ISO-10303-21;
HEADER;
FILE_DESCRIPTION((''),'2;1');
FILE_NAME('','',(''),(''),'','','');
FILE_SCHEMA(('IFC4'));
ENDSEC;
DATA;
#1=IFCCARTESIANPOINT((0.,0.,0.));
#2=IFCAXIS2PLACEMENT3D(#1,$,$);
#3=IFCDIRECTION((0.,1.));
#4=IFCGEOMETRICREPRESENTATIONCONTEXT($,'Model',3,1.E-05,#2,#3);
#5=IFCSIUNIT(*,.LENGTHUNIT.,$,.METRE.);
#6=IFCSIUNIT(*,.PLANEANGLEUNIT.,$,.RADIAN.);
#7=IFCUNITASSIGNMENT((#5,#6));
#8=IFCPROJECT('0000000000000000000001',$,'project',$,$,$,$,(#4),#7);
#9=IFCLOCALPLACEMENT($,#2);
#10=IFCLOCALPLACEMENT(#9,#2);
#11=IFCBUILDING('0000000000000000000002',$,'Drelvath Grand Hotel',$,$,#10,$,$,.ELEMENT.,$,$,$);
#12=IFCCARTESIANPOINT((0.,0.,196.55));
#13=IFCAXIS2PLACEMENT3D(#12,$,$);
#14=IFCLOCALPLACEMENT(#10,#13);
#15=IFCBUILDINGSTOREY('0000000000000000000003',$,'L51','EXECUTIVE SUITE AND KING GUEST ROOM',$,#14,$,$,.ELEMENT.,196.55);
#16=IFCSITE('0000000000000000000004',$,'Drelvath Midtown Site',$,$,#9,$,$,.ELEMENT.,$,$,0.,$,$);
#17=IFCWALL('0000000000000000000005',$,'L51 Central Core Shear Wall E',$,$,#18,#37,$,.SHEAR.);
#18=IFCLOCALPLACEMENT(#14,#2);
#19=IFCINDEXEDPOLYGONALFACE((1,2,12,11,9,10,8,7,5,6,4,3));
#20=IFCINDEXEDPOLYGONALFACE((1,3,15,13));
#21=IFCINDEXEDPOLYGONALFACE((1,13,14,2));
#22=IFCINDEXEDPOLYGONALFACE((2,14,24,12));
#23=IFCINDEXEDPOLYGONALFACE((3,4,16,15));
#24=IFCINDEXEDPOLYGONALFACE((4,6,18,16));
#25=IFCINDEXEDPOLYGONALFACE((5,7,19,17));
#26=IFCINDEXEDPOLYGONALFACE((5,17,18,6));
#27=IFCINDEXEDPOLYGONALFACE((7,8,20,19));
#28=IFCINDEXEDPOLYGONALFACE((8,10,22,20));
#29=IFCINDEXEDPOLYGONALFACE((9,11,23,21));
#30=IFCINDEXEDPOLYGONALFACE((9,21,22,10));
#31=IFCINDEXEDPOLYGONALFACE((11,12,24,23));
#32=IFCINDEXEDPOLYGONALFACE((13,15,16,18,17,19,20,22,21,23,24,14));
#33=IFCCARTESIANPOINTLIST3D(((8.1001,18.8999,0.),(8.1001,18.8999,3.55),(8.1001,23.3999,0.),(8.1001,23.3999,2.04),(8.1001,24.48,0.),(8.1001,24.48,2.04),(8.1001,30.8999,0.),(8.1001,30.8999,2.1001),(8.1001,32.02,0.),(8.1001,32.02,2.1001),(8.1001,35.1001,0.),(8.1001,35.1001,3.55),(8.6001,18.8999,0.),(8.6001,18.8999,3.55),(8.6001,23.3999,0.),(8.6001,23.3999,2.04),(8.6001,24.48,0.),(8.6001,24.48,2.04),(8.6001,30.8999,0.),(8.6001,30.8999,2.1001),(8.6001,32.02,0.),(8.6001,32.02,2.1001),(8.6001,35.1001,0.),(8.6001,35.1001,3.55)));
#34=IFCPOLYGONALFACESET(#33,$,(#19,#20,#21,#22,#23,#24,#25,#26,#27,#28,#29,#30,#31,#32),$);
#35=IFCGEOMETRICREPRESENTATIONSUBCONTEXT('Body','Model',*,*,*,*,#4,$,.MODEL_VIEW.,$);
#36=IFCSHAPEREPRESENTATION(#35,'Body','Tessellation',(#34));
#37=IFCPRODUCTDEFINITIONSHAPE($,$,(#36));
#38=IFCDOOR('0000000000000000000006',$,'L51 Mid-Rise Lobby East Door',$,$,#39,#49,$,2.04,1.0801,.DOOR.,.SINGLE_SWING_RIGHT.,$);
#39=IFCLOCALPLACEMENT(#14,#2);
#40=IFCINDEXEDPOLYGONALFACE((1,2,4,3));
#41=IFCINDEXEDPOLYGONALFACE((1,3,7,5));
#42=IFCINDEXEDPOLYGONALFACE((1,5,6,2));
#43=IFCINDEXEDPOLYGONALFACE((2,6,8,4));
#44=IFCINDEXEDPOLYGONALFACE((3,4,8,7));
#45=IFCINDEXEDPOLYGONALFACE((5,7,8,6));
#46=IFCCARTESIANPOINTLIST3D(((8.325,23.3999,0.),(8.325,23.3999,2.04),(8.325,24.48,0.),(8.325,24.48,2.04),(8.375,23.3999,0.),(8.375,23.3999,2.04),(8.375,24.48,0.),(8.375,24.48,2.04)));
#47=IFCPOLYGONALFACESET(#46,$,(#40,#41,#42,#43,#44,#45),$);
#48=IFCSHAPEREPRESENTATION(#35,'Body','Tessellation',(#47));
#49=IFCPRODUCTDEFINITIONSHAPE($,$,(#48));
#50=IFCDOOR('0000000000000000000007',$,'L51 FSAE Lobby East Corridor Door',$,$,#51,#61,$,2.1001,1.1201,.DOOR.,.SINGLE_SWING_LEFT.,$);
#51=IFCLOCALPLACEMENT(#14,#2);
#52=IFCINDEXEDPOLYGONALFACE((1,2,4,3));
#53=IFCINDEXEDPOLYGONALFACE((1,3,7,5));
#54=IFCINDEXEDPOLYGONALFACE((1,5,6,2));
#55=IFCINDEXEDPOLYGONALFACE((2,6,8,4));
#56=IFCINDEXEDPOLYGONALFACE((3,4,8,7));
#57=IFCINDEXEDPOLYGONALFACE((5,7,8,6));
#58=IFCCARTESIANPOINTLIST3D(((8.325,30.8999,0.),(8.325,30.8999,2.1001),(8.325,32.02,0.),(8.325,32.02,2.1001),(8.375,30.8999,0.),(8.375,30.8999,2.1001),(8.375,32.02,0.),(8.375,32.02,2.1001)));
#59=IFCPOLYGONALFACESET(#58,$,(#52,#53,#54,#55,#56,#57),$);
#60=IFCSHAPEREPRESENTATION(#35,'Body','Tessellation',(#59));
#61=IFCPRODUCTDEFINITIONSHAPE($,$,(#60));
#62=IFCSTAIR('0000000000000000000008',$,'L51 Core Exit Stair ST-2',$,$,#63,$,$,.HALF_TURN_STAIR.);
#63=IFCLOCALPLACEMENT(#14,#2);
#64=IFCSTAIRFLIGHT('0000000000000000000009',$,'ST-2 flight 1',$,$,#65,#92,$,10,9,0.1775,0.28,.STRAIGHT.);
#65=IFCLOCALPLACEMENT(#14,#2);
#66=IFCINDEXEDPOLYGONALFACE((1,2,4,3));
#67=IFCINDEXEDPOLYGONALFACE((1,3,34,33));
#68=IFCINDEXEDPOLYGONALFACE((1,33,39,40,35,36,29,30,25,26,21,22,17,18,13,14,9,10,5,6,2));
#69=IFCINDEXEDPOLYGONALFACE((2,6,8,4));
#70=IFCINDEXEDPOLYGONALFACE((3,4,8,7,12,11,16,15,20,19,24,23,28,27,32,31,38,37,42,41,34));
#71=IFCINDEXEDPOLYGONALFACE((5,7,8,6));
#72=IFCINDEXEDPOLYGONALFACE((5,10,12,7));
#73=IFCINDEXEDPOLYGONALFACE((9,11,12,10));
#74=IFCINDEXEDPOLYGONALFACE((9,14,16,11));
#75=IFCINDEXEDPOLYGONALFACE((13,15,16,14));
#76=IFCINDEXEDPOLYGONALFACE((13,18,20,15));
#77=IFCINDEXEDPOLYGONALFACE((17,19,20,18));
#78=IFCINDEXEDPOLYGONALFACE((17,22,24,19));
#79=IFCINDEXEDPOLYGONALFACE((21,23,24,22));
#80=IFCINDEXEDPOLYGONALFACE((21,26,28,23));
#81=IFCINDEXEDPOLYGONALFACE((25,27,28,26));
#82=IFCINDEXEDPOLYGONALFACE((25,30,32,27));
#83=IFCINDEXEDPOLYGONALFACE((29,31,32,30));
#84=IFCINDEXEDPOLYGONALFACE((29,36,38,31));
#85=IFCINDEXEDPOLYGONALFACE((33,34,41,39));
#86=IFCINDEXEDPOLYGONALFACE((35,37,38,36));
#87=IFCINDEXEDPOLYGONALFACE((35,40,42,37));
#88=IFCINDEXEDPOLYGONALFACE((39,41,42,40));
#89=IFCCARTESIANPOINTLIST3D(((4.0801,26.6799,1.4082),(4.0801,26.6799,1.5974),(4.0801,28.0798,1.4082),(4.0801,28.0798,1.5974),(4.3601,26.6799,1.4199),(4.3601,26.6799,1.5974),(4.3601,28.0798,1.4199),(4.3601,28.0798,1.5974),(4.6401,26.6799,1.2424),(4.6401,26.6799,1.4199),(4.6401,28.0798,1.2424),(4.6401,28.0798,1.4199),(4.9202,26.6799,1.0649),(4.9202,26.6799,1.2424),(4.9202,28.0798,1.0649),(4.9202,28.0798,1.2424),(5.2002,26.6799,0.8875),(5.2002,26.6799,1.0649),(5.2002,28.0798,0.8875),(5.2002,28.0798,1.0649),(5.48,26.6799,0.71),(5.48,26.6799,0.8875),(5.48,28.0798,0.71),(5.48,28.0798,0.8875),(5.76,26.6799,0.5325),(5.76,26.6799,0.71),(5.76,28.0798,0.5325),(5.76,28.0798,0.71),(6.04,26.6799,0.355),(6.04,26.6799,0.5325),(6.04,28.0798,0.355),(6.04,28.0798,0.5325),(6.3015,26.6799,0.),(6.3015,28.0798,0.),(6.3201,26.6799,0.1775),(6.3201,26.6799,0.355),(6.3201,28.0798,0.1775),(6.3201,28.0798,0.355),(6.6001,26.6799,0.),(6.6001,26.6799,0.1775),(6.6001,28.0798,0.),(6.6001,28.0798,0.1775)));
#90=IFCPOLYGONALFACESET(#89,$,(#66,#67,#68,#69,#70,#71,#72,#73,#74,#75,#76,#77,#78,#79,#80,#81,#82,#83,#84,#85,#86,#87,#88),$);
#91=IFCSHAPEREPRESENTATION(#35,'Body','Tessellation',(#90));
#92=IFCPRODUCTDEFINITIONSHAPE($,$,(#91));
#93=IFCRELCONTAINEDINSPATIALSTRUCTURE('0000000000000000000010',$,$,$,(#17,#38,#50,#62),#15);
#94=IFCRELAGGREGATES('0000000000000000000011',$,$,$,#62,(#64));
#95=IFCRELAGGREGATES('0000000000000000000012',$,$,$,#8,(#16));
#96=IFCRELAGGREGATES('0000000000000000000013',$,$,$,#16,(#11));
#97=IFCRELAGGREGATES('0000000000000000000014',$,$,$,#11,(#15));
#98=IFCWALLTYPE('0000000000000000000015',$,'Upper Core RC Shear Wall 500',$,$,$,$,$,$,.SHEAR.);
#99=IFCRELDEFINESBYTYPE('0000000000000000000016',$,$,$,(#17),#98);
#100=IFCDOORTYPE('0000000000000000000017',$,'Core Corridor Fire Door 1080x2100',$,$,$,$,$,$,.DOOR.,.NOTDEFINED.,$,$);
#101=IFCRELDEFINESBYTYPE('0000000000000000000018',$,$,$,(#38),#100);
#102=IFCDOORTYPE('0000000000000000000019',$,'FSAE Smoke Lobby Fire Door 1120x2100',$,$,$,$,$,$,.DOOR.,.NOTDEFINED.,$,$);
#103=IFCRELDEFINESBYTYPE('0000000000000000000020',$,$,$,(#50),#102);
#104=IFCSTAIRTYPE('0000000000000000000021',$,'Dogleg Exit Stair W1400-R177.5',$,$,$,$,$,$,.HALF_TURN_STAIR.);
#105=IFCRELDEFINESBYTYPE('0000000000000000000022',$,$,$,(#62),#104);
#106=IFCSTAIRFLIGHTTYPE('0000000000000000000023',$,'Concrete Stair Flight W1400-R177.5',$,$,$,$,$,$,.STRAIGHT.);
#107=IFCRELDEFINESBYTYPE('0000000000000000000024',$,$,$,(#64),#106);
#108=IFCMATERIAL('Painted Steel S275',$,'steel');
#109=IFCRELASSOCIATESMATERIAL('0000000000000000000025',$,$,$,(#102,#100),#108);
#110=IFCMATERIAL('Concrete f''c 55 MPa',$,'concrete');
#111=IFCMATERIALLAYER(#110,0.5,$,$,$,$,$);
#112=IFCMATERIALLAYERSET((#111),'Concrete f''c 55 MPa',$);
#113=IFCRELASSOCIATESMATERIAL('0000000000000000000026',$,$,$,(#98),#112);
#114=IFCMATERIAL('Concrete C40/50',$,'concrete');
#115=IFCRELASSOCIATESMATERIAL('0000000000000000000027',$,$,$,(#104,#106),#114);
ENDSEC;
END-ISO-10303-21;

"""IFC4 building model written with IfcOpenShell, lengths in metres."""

from ifc_helpers import new_model, si_unit, direction, frame, frame_2d, origin, place, context, subcontext, project, spatial, polyline, rectangle, outline, extrude, material, layer, layer_set, type_object, element, fill, aggregate, save


model = new_model("IFC4")

# Units and contexts
model_context = context("Model", 3, precision=1e-05, world=origin(), true_north=direction((0.0, 1.0)))
body_context = subcontext(model_context, "Body", "Model", "MODEL_VIEW")
ifc_project = project(units=[si_unit("LENGTHUNIT", "METRE"), si_unit("PLANEANGLEUNIT", "RADIAN")], contexts=[model_context])

# Site, building, storey
site_placement = place(None, origin())
site = spatial("IfcSite", under=ifc_project, at=site_placement, Name="Drelvath Midtown Site", CompositionType="ELEMENT", RefElevation=0.0)
building_placement = place(site_placement, origin())
building = spatial("IfcBuilding", under=site, at=building_placement, Name="Drelvath Grand Hotel", CompositionType="ELEMENT")
storey_placement = place(building_placement, frame((0.0, 0.0, 196.55)))
storey = spatial("IfcBuildingStorey", under=building, at=storey_placement, Name="L51", Description="EXECUTIVE SUITE AND KING GUEST ROOM", CompositionType="ELEMENT", Elevation=196.55)

# Shared definitions
ifc_material_1 = material(Name="Concrete f'c 55 MPa", Category="concrete")

# Shared definitions
ifc_material_2 = material(Name="Concrete C40/50", Category="concrete")

# Shared definitions
ifc_material_3 = material(Name="Painted Steel S275", Category="steel")

# Shared definitions
door_type_1 = type_object("IfcDoorType", Name="FSAE Smoke Lobby Fire Door 1120x2100", OperationType="NOTDEFINED", PredefinedType="DOOR", material=ifc_material_3)

# Wall, openings, doors
ifc_layer_1 = layer(ifc_material_1, 0.5)
ifc_layer_set_1 = layer_set([ifc_layer_1], Name="Concrete f'c 55 MPa")
wall_type_1 = type_object("IfcWallType", Name="Upper Core RC Shear Wall 500", PredefinedType="SHEAR", material=ifc_layer_set_1)
wall_1_placement = place(storey_placement, frame((8.3501, 35.1001, 0.0), z_axis=(0.0, 0.0, 1.0), x_axis=(0.0, -1.0, 0.0)))
wall_1 = element("IfcWall", 1, at=wall_1_placement, inside=storey, type_object=wall_type_1, Name="L51 Central Core Shear Wall E", PredefinedType="SHEAR", context=body_context, shape_type="SweptSolid", body=[
    extrude(rectangle(XDim=16.2002, YDim=0.5, at=frame_2d((8.1001, 0.0))), origin(), (0.0, 0.0, 1.0), 3.55),
])
opening_1_placement = place(wall_1_placement, frame((3.0801, 0.0, 0.0)))
opening_1 = element("IfcOpeningElement", 2, at=opening_1_placement, cuts=wall_1, PredefinedType="OPENING", context=body_context, shape_type="SweptSolid", body=[
    extrude(rectangle(XDim=1.1201, YDim=2.1001, at=frame_2d((0.5601, 1.05))), frame((0.0, 0.26, 0.0), z_axis=(0.0, -1.0, 0.0), x_axis=(1.0, 0.0, 0.0)), (0.0, 0.0, 1.0), 0.52),
])
opening_2_placement = place(wall_1_placement, frame((10.6201, 0.0, 0.0)))
opening_2 = element("IfcOpeningElement", 3, at=opening_2_placement, cuts=wall_1, PredefinedType="OPENING", context=body_context, shape_type="SweptSolid", body=[
    extrude(rectangle(XDim=1.0801, YDim=2.04, at=frame_2d((0.54, 1.02))), frame((0.0, 0.26, 0.0), z_axis=(0.0, -1.0, 0.0), x_axis=(1.0, 0.0, 0.0)), (0.0, 0.0, 1.0), 0.52),
])
door_type_2 = type_object("IfcDoorType", Name="Core Corridor Fire Door 1080x2100", OperationType="NOTDEFINED", PredefinedType="DOOR", material=ifc_material_3)
door_1_placement = place(opening_2_placement, origin())
door_1 = element("IfcDoor", 4, at=door_1_placement, inside=storey, type_object=door_type_2, Name="L51 Mid-Rise Lobby East Door", OperationType="SINGLE_SWING_RIGHT", OverallHeight=2.04, OverallWidth=1.0801, PredefinedType="DOOR", context=body_context, shape_type="SweptSolid", body=[
    extrude(rectangle(XDim=1.0801, YDim=2.04, at=frame_2d((0.54, 1.02))), frame((0.0, 0.0249, 0.0), z_axis=(0.0, -1.0, 0.0), x_axis=(1.0, 0.0, 0.0)), (0.0, 0.0, 1.0), 0.05),
])
fill(opening_2, door_1)
door_2_placement = place(opening_1_placement, origin())
door_2 = element("IfcDoor", 5, at=door_2_placement, inside=storey, type_object=door_type_1, Name="L51 FSAE Lobby East Corridor Door", OperationType="SINGLE_SWING_LEFT", OverallHeight=2.1001, OverallWidth=1.1201, PredefinedType="DOOR", context=body_context, shape_type="SweptSolid", body=[
    extrude(rectangle(XDim=1.1201, YDim=2.1001, at=frame_2d((0.5601, 1.05))), frame((0.0, 0.0249, 0.0), z_axis=(0.0, -1.0, 0.0), x_axis=(1.0, 0.0, 0.0)), (0.0, 0.0, 1.0), 0.05),
])
fill(opening_1, door_2)

# Stair, stair flight
stair_type = type_object("IfcStairType", Name="Dogleg Exit Stair W1400-R177.5", PredefinedType="HALF_TURN_STAIR", material=ifc_material_2)
stair_placement = place(storey_placement, origin())
stair = element("IfcStair", 6, at=stair_placement, inside=storey, type_object=stair_type, Name="L51 Core Exit Stair ST-2", PredefinedType="HALF_TURN_STAIR")
stair_flight_type = type_object("IfcStairFlightType", Name="Concrete Stair Flight W1400-R177.5", PredefinedType="STRAIGHT", material=ifc_material_2)
stair_flight_placement = place(storey_placement, frame((6.6001, 27.3799, 0.0), z_axis=(0.0, 0.0, 1.0), x_axis=(-1.0, 0.0, 0.0)))
stair_flight = element("IfcStairFlight", 7, at=stair_flight_placement, type_object=stair_flight_type, Name="ST-2 flight 1", NumberOfRisers=10, NumberOfTreads=9, PredefinedType="STRAIGHT", RiserHeight=0.1775, TreadLength=0.28, context=body_context, shape_type="SweptSolid", body=[
    extrude(outline(polyline([(0.0, 0.0), (0.0, 0.1775), (0.28, 0.1775), (0.28, 0.355), (0.5601, 0.355), (0.5601, 0.5325), (0.8401, 0.5325), (0.8401, 0.71), (1.1201, 0.71), (1.1201, 0.8875), (1.3999, 0.8875), (1.3999, 1.0649), (1.6799, 1.0649), (1.6799, 1.2424), (1.96, 1.2424), (1.96, 1.4199), (2.24, 1.4199), (2.24, 1.5974), (2.52, 1.5974), (2.52, 1.7749), (2.52, 1.4082), (0.2986, 0.0), (0.0, 0.0)])), frame((0.0, 0.7, 0.0), z_axis=(0.0, -1.0, 0.0), x_axis=(1.0, 0.0, 0.0)), (0.0, 0.0, 1.0), 1.3999),
])
aggregate(stair, [stair_flight])

save(model, "model.ifc")
